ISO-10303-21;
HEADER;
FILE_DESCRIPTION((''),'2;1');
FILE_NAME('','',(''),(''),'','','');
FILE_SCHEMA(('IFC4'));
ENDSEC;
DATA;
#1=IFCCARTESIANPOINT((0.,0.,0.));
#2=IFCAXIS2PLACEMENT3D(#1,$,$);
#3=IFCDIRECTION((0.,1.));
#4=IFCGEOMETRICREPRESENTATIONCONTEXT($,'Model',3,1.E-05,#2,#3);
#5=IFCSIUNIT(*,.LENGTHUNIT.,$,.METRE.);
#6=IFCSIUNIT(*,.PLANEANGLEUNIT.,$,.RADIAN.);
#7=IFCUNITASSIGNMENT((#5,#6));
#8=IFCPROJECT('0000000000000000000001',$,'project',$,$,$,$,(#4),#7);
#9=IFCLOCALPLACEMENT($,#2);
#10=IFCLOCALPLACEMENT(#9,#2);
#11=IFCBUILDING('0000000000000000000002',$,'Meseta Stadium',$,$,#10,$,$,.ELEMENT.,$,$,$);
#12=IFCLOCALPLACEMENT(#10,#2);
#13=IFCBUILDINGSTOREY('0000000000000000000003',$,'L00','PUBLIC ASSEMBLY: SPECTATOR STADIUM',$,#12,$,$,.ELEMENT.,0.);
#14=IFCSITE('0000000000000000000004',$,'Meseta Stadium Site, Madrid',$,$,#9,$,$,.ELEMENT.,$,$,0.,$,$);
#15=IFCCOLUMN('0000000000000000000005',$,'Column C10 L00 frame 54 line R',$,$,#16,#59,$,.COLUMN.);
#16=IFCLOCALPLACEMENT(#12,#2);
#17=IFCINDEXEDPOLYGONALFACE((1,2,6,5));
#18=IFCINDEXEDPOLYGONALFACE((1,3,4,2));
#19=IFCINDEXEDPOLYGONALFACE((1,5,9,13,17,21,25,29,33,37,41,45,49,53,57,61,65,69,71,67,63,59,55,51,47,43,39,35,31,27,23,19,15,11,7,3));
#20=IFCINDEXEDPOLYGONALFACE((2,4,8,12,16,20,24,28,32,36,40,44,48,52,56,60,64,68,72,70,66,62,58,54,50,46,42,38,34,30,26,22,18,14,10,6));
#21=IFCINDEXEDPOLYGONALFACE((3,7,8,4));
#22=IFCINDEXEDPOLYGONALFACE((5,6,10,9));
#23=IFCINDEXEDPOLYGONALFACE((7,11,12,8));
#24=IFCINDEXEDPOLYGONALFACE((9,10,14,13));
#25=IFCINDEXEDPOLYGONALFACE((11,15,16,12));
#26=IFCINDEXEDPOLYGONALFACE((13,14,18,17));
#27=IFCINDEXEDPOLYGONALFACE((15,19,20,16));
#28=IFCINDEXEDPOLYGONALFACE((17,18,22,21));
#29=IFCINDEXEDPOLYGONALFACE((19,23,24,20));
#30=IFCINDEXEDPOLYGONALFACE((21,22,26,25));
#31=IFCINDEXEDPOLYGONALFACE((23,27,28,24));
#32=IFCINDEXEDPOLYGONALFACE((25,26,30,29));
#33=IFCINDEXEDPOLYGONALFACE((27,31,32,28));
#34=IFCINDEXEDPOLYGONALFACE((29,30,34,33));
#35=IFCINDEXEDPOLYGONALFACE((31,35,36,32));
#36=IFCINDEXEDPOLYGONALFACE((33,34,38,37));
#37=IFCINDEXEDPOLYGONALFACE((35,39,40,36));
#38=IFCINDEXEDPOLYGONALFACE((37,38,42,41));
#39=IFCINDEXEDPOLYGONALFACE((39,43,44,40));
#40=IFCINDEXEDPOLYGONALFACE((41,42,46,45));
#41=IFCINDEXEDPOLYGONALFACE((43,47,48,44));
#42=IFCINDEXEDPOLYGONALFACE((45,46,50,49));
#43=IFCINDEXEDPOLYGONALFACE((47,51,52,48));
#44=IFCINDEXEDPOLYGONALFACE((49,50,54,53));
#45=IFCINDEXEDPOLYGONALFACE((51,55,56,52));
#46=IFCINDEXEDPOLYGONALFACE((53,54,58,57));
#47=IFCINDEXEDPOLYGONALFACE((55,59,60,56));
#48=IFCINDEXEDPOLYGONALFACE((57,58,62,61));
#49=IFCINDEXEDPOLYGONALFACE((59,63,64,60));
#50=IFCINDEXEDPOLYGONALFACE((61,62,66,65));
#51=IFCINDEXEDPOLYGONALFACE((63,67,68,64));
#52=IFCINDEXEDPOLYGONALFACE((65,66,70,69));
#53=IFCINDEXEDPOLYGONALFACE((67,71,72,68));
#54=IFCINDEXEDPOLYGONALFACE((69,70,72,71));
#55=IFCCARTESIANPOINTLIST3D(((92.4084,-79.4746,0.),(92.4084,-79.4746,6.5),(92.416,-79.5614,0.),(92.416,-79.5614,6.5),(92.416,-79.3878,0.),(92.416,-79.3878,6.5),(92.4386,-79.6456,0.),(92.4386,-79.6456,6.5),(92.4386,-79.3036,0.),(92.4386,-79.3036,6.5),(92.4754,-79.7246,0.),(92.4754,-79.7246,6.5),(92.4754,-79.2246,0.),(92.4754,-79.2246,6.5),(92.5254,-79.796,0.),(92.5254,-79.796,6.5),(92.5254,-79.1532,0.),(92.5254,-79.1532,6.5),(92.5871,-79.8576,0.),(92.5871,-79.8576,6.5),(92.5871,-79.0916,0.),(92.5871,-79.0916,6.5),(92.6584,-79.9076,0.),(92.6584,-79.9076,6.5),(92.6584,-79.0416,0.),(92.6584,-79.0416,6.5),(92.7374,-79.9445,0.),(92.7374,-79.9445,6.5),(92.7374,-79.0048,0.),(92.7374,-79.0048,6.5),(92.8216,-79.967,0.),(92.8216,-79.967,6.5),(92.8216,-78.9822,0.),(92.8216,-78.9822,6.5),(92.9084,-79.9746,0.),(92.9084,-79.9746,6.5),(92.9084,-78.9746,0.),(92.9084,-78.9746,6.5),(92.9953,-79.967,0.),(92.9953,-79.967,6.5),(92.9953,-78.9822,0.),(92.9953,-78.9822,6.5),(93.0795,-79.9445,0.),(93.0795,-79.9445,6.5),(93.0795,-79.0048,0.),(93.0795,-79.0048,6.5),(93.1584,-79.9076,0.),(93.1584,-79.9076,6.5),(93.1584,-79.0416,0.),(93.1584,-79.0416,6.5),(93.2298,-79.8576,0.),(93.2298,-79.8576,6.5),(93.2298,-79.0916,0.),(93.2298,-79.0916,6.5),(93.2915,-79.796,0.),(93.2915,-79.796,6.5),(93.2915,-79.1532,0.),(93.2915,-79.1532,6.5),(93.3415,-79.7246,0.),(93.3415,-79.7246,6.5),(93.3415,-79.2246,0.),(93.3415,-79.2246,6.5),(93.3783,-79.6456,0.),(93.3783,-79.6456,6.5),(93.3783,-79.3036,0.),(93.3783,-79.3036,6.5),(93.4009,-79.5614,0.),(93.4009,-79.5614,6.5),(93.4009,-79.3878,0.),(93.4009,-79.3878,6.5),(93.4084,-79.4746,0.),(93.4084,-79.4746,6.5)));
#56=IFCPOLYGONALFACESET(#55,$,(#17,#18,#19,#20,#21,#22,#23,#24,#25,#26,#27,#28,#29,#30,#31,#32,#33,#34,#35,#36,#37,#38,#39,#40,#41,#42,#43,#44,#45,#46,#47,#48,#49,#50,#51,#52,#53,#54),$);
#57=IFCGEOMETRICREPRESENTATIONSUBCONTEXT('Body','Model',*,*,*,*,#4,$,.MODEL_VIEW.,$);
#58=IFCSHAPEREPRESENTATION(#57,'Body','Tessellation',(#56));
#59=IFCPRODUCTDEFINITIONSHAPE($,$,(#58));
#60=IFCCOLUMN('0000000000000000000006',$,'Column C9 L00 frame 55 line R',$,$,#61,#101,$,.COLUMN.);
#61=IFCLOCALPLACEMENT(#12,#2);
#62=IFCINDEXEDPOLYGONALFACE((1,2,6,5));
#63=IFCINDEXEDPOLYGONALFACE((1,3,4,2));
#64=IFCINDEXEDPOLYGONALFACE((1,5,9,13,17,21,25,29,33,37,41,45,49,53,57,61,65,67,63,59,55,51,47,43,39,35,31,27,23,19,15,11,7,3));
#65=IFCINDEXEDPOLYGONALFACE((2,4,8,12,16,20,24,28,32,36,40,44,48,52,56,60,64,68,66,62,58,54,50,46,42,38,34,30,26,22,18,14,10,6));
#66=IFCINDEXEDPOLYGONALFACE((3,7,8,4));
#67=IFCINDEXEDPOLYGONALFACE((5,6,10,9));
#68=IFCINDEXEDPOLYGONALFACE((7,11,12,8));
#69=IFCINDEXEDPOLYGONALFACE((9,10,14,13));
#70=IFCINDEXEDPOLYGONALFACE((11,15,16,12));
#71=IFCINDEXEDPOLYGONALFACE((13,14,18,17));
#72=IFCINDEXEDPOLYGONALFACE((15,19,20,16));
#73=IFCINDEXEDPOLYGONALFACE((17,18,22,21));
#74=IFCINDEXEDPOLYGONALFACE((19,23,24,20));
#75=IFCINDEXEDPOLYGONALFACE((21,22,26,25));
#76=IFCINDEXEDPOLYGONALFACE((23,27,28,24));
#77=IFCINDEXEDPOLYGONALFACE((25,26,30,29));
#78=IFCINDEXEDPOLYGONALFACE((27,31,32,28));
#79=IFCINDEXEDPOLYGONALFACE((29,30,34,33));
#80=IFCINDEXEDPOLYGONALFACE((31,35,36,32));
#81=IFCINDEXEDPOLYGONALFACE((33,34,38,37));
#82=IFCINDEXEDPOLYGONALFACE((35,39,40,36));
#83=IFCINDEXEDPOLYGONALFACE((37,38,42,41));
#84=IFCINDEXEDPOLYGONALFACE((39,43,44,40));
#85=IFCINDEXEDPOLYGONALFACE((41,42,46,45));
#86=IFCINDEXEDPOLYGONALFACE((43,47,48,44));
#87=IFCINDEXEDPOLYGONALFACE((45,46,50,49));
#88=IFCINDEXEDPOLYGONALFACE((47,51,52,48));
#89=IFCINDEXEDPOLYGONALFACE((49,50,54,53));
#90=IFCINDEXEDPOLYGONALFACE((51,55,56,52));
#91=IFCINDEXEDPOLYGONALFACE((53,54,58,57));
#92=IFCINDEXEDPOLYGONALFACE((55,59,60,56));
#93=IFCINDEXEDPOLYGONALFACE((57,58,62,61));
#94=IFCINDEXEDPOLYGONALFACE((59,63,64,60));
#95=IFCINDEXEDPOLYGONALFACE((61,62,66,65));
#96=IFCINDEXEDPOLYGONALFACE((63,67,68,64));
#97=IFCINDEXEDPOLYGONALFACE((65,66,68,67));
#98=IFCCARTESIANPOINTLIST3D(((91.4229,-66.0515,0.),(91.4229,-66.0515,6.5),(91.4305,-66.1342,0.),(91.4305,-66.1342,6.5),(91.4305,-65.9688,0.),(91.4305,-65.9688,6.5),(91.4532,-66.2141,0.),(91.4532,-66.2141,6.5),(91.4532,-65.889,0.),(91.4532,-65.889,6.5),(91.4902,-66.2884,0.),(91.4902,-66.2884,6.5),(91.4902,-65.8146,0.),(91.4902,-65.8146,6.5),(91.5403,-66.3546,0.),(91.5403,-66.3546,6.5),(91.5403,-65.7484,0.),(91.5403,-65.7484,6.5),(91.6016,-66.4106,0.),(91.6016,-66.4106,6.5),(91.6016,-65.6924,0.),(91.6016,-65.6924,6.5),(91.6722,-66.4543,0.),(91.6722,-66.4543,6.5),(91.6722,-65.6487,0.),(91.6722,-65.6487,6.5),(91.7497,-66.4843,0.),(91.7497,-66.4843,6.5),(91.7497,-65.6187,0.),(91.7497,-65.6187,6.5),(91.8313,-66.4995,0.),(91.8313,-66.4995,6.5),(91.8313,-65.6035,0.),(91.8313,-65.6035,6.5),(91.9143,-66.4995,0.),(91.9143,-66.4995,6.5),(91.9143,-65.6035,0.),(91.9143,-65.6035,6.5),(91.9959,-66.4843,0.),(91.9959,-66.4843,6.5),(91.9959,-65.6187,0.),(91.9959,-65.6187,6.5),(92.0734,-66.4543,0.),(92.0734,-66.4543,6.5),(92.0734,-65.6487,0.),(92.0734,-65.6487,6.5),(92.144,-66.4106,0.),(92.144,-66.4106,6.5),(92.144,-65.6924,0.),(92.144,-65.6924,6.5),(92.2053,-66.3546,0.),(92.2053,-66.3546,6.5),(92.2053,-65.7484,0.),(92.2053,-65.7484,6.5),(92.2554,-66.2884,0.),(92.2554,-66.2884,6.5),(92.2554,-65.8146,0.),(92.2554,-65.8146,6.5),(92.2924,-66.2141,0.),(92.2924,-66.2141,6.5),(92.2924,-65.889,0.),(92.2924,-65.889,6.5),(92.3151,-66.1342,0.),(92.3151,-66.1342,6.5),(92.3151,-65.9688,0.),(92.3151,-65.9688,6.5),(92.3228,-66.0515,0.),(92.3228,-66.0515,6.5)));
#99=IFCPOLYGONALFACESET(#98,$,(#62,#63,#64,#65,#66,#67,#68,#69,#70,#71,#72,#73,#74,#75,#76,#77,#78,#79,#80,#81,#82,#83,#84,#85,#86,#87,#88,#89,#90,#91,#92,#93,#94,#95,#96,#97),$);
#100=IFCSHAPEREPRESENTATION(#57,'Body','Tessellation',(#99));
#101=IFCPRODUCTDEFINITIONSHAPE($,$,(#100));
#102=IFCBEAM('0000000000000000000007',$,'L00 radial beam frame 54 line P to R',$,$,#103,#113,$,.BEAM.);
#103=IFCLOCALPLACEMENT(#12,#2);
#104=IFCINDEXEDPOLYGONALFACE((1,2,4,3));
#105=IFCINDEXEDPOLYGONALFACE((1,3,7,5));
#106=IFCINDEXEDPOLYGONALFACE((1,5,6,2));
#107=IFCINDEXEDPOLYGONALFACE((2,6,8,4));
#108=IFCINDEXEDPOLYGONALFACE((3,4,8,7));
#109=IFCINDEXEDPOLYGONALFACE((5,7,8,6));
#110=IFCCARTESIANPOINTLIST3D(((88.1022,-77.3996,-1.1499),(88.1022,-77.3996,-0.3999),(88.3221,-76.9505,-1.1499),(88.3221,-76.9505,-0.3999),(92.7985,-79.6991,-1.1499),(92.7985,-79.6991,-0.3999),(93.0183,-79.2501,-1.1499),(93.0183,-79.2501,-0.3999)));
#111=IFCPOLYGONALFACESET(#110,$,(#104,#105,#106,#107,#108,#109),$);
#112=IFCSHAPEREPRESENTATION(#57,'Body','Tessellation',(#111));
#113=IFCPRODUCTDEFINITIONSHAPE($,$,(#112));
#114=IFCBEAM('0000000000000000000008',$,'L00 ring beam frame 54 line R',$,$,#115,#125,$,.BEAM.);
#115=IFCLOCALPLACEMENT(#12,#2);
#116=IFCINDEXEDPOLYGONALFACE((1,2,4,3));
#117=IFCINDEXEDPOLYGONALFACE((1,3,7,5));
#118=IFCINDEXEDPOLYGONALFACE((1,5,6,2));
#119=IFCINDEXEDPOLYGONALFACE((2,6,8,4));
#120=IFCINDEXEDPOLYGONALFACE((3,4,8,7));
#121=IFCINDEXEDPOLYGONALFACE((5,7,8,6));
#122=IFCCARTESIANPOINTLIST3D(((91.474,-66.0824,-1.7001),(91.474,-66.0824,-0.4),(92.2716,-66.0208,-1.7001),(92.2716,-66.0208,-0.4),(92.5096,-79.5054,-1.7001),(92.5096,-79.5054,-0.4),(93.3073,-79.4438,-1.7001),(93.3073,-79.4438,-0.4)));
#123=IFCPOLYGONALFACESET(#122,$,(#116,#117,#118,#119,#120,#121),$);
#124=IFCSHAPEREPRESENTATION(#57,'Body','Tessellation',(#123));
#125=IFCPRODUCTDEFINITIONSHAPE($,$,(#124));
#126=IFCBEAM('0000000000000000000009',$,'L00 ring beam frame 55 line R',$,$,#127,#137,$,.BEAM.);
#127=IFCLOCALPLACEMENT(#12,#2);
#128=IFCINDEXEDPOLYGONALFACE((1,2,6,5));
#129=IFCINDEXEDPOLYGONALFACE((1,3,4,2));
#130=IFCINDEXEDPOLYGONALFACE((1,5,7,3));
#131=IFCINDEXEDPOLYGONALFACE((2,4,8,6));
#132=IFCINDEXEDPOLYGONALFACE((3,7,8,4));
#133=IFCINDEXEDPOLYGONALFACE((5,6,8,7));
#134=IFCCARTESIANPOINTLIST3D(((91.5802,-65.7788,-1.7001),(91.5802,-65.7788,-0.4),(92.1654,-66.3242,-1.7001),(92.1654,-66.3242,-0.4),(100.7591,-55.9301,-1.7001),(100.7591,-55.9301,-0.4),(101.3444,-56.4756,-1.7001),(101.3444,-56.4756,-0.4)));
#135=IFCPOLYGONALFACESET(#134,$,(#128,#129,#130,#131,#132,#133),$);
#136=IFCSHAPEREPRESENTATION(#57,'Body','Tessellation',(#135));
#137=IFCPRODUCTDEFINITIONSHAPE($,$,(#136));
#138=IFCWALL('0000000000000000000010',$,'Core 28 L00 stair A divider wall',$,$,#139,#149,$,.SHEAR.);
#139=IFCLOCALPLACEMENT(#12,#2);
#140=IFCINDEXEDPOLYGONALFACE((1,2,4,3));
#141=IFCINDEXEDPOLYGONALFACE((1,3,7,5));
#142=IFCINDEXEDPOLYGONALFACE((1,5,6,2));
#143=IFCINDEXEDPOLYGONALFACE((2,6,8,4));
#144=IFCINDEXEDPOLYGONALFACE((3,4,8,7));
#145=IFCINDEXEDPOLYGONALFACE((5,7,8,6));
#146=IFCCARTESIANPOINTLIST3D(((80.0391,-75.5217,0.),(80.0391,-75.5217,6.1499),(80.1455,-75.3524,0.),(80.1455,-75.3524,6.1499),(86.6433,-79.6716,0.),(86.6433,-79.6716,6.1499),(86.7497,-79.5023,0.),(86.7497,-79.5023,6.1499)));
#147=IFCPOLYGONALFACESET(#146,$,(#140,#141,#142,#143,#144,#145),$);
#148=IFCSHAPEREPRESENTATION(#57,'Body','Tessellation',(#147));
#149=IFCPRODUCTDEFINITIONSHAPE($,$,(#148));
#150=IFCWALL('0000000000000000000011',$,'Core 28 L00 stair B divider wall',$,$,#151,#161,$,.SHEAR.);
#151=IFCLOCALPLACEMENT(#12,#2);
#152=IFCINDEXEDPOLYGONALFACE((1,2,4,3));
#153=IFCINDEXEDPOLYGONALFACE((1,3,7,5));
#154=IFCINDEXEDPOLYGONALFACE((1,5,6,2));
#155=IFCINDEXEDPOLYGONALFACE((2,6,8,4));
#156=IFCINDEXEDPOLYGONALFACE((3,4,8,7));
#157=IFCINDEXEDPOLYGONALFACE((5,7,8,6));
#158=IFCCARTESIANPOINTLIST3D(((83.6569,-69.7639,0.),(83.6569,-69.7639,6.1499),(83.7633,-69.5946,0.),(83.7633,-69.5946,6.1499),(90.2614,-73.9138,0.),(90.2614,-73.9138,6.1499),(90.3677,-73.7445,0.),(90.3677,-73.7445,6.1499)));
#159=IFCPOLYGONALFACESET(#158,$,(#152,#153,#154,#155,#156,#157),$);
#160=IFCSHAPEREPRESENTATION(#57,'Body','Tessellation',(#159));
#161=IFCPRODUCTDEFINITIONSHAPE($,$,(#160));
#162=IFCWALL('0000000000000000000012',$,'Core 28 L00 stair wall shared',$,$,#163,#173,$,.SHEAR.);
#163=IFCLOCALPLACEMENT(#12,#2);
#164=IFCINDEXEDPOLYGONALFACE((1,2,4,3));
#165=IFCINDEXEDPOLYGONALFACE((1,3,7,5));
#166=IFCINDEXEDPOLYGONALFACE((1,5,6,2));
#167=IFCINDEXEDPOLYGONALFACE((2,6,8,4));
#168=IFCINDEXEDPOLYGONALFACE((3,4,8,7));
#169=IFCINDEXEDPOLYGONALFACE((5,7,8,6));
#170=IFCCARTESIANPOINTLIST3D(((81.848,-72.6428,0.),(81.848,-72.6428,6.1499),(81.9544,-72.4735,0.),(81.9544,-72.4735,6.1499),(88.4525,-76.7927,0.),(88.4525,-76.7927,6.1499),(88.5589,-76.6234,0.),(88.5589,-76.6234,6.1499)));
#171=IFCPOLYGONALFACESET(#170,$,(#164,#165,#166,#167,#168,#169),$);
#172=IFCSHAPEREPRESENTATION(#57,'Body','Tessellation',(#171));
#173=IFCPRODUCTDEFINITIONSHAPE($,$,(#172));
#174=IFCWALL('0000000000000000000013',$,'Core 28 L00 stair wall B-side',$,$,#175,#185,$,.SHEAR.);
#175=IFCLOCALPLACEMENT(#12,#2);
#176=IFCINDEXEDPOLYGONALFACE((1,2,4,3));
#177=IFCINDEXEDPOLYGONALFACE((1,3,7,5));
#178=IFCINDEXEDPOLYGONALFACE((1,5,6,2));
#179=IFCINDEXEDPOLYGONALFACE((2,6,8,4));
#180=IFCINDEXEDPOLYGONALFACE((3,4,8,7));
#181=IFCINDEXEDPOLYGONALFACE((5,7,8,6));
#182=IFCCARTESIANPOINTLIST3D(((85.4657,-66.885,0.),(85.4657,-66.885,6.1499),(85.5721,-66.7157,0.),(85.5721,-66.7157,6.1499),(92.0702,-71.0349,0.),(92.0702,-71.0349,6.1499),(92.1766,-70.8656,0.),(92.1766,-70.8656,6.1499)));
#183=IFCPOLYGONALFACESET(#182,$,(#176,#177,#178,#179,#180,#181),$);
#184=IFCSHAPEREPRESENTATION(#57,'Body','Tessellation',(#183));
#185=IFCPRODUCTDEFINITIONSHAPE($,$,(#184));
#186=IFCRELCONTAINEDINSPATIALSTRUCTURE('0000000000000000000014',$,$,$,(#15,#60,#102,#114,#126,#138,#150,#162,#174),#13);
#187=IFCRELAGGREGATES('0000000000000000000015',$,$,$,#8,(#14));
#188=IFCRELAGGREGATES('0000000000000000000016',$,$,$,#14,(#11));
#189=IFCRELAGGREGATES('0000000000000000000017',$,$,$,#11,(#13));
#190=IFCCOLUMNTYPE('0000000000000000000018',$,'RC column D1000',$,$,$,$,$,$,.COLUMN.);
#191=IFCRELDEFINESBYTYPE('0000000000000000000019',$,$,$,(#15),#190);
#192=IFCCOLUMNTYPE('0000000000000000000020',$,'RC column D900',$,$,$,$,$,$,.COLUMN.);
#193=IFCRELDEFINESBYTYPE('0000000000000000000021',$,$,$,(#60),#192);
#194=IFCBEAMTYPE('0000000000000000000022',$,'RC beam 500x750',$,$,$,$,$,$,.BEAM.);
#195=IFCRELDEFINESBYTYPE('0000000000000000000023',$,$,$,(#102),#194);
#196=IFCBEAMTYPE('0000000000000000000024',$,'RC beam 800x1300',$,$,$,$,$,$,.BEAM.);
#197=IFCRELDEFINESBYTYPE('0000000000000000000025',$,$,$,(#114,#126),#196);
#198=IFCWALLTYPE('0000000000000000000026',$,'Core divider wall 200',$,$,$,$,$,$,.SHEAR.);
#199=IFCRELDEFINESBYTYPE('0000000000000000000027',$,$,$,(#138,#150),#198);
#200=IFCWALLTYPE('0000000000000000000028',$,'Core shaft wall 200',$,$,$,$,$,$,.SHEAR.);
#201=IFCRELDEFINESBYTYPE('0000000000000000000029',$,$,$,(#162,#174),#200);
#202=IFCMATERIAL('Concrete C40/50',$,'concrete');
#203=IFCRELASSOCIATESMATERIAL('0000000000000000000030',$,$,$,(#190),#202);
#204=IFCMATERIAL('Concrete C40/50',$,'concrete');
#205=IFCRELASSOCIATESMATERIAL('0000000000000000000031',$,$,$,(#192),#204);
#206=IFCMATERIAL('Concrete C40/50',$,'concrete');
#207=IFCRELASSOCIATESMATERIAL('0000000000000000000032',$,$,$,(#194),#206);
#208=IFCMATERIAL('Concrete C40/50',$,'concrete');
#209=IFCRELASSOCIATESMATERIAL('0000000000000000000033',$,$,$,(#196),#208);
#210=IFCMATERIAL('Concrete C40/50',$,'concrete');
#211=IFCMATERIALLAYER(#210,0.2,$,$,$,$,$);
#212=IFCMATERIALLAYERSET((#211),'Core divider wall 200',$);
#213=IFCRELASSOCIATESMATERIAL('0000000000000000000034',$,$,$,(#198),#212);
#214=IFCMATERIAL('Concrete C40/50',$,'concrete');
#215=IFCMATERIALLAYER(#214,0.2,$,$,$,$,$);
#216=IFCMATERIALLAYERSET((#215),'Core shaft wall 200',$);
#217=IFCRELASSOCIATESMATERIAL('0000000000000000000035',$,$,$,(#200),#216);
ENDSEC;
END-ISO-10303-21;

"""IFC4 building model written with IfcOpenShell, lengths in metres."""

from ifc_helpers import new_model, si_unit, direction, frame, frame_2d, origin, origin_2d, place, context, subcontext, project, spatial, rectangle, circle, extrude, material, layer, layer_set, material_profile, profile_set, type_object, element, save


model = new_model("IFC4")

# Units and contexts
model_context = context("Model", 3, precision=1e-05, world=origin(), true_north=direction((0.0, 1.0)))
body_context = subcontext(model_context, "Body", "Model", "MODEL_VIEW")
ifc_project = project(units=[si_unit("LENGTHUNIT", "METRE"), si_unit("PLANEANGLEUNIT", "RADIAN")], contexts=[model_context])

# Site, building, storey
site_placement = place(None, origin())
site = spatial("IfcSite", under=ifc_project, at=site_placement, Name="Meseta Stadium Site, Madrid", CompositionType="ELEMENT", RefElevation=0.0)
building_placement = place(site_placement, origin())
building = spatial("IfcBuilding", under=site, at=building_placement, Name="Meseta Stadium", CompositionType="ELEMENT")
storey_placement = place(building_placement, origin())
storey = spatial("IfcBuildingStorey", under=building, at=storey_placement, Name="L00", Description="PUBLIC ASSEMBLY: SPECTATOR STADIUM", CompositionType="ELEMENT", Elevation=0.0)

# Columns
ifc_material_1 = material(Name="Concrete C40/50", Category="concrete")
ifc_material_profile_1 = material_profile(ifc_material_1, circle(Radius=0.5, at=origin_2d()), Name="RC D1000")
ifc_profile_set_1 = profile_set([ifc_material_profile_1], Name="Concrete C40/50")
column_type_1 = type_object("IfcColumnType", Name="RC column D1000", PredefinedType="COLUMN", material=ifc_profile_set_1)
column_1_placement = place(storey_placement, frame((92.9084, -79.4746, 0.0), z_axis=(0.0, 0.0, 1.0), x_axis=(1.0, 0.0, 0.0)))
element("IfcColumn", 1, at=column_1_placement, inside=storey, type_object=column_type_1, Name="Column C10 L00 frame 54 line R", PredefinedType="COLUMN", context=body_context, shape_type="SweptSolid", body=[
    extrude(circle(Radius=0.5, at=origin_2d()), origin(), (0.0, 0.0, 1.0), 6.5),
])
ifc_material_2 = material(Name="Concrete C40/50", Category="concrete")
ifc_material_profile_2 = material_profile(ifc_material_2, circle(Radius=0.45, at=origin_2d()), Name="RC D900")
ifc_profile_set_2 = profile_set([ifc_material_profile_2], Name="Concrete C40/50")
column_type_2 = type_object("IfcColumnType", Name="RC column D900", PredefinedType="COLUMN", material=ifc_profile_set_2)
column_2_placement = place(storey_placement, frame((91.8728, -66.0515, 0.0), z_axis=(0.0, 0.0, 1.0), x_axis=(1.0, 0.0, 0.0)))
element("IfcColumn", 2, at=column_2_placement, inside=storey, type_object=column_type_2, Name="Column C9 L00 frame 55 line R", PredefinedType="COLUMN", context=body_context, shape_type="SweptSolid", body=[
    extrude(circle(Radius=0.45, at=origin_2d()), origin(), (0.0, 0.0, 1.0), 6.5),
])

# Beams
ifc_material_3 = material(Name="Concrete C40/50", Category="concrete")
ifc_material_profile_3 = material_profile(ifc_material_3, rectangle(XDim=0.5, YDim=0.75, at=origin_2d()), Name="RC 500x750")
ifc_profile_set_3 = profile_set([ifc_material_profile_3], Name="Concrete C40/50")
beam_type_1 = type_object("IfcBeamType", Name="RC beam 500x750", PredefinedType="BEAM", material=ifc_profile_set_3)
beam_placement = place(storey_placement, frame((88.2122, -77.175, -0.7749), z_axis=(0.898113, -0.439765, 0.0), x_axis=(0.439765, 0.898113, 0.0)))
element("IfcBeam", 3, at=beam_placement, inside=storey, type_object=beam_type_1, Name="L00 radial beam frame 54 line P to R", PredefinedType="BEAM", context=body_context, shape_type="SweptSolid", body=[
    extrude(rectangle(XDim=0.5, YDim=0.75, at=origin_2d()), origin(), (0.0, 0.0, 1.0), 5.229),
])
ifc_material_4 = material(Name="Concrete C40/50", Category="concrete")
ifc_material_profile_4 = material_profile(ifc_material_4, rectangle(XDim=0.8, YDim=1.3, at=origin_2d()), Name="RC 800x1300")
ifc_profile_set_4 = profile_set([ifc_material_profile_4], Name="Concrete C40/50")
beam_type_2 = type_object("IfcBeamType", Name="RC beam 800x1300", PredefinedType="BEAM", material=ifc_profile_set_4)
for number, where, z_axis, x_axis, name in (
    (4, (92.9084, -79.4746, -1.05), (-0.076925, 0.997037, 0.0), (-0.997037, -0.076925, 0.0), "L00 ring beam frame 54 line R"),
    (5, (91.8728, -66.0515, -1.05), (0.681798, 0.731541, 0.0), (-0.731541, 0.681798, 0.0), "L00 ring beam frame 55 line R"),
):
    element("IfcBeam", number, at=place(storey_placement, frame(where, z_axis=z_axis, x_axis=x_axis)), inside=storey, type_object=beam_type_2, Name=name, PredefinedType="BEAM", context=body_context, shape_type="SweptSolid", body=[
        extrude(rectangle(XDim=0.8, YDim=1.3, at=origin_2d()), origin(), (0.0, 0.0, 1.0), 13.4629),
    ])

# Walls
ifc_material_5 = material(Name="Concrete C40/50", Category="concrete")
ifc_layer_1 = layer(ifc_material_5, 0.2)
ifc_layer_set_1 = layer_set([ifc_layer_1], Name="Core divider wall 200")
wall_type_1 = type_object("IfcWallType", Name="Core divider wall 200", PredefinedType="SHEAR", material=ifc_layer_set_1)
wall_1_placement = place(storey_placement, frame((86.6965, -79.5869, 0.0), z_axis=(0.0, 0.0, 1.0), x_axis=(-0.846714, 0.532048, 0.0)))
element("IfcWall", 6, at=wall_1_placement, inside=storey, type_object=wall_type_1, Name="Core 28 L00 stair A divider wall", PredefinedType="SHEAR", context=body_context, shape_type="SweptSolid", body=[
    extrude(rectangle(XDim=7.7998, YDim=0.2, at=frame_2d((3.8999, 0.0))), origin(), (0.0, 0.0, 1.0), 6.1499),
])
wall_2_placement = place(storey_placement, frame((90.3145, -73.8291, 0.0), z_axis=(0.0, 0.0, 1.0), x_axis=(-0.846723, 0.532034, 0.0)))
element("IfcWall", 7, at=wall_2_placement, inside=storey, type_object=wall_type_1, Name="Core 28 L00 stair B divider wall", PredefinedType="SHEAR", context=body_context, shape_type="SweptSolid", body=[
    extrude(rectangle(XDim=7.8, YDim=0.2, at=frame_2d((3.8999, 0.0))), origin(), (0.0, 0.0, 1.0), 6.1499),
])
ifc_material_6 = material(Name="Concrete C40/50", Category="concrete")
ifc_layer_2 = layer(ifc_material_6, 0.2)
ifc_layer_set_2 = layer_set([ifc_layer_2], Name="Core shaft wall 200")
wall_type_2 = type_object("IfcWallType", Name="Core shaft wall 200", PredefinedType="SHEAR", material=ifc_layer_set_2)
for number, where, z_axis, x_axis, name in (
    (8, (88.5056, -76.708, 0.0), (0.0, 0.0, 1.0), (-0.846723, 0.532034, 0.0), "Core 28 L00 stair wall shared"),
    (9, (92.1233, -70.9502, 0.0), (0.0, 0.0, 1.0), (-0.846723, 0.532034, 0.0), "Core 28 L00 stair wall B-side"),
):
    element("IfcWall", number, at=place(storey_placement, frame(where, z_axis=z_axis, x_axis=x_axis)), inside=storey, type_object=wall_type_2, Name=name, PredefinedType="SHEAR", context=body_context, shape_type="SweptSolid", body=[
        extrude(rectangle(XDim=7.8, YDim=0.2, at=frame_2d((3.8999, 0.0))), origin(), (0.0, 0.0, 1.0), 6.1499),
    ])

save(model, "model.ifc")
